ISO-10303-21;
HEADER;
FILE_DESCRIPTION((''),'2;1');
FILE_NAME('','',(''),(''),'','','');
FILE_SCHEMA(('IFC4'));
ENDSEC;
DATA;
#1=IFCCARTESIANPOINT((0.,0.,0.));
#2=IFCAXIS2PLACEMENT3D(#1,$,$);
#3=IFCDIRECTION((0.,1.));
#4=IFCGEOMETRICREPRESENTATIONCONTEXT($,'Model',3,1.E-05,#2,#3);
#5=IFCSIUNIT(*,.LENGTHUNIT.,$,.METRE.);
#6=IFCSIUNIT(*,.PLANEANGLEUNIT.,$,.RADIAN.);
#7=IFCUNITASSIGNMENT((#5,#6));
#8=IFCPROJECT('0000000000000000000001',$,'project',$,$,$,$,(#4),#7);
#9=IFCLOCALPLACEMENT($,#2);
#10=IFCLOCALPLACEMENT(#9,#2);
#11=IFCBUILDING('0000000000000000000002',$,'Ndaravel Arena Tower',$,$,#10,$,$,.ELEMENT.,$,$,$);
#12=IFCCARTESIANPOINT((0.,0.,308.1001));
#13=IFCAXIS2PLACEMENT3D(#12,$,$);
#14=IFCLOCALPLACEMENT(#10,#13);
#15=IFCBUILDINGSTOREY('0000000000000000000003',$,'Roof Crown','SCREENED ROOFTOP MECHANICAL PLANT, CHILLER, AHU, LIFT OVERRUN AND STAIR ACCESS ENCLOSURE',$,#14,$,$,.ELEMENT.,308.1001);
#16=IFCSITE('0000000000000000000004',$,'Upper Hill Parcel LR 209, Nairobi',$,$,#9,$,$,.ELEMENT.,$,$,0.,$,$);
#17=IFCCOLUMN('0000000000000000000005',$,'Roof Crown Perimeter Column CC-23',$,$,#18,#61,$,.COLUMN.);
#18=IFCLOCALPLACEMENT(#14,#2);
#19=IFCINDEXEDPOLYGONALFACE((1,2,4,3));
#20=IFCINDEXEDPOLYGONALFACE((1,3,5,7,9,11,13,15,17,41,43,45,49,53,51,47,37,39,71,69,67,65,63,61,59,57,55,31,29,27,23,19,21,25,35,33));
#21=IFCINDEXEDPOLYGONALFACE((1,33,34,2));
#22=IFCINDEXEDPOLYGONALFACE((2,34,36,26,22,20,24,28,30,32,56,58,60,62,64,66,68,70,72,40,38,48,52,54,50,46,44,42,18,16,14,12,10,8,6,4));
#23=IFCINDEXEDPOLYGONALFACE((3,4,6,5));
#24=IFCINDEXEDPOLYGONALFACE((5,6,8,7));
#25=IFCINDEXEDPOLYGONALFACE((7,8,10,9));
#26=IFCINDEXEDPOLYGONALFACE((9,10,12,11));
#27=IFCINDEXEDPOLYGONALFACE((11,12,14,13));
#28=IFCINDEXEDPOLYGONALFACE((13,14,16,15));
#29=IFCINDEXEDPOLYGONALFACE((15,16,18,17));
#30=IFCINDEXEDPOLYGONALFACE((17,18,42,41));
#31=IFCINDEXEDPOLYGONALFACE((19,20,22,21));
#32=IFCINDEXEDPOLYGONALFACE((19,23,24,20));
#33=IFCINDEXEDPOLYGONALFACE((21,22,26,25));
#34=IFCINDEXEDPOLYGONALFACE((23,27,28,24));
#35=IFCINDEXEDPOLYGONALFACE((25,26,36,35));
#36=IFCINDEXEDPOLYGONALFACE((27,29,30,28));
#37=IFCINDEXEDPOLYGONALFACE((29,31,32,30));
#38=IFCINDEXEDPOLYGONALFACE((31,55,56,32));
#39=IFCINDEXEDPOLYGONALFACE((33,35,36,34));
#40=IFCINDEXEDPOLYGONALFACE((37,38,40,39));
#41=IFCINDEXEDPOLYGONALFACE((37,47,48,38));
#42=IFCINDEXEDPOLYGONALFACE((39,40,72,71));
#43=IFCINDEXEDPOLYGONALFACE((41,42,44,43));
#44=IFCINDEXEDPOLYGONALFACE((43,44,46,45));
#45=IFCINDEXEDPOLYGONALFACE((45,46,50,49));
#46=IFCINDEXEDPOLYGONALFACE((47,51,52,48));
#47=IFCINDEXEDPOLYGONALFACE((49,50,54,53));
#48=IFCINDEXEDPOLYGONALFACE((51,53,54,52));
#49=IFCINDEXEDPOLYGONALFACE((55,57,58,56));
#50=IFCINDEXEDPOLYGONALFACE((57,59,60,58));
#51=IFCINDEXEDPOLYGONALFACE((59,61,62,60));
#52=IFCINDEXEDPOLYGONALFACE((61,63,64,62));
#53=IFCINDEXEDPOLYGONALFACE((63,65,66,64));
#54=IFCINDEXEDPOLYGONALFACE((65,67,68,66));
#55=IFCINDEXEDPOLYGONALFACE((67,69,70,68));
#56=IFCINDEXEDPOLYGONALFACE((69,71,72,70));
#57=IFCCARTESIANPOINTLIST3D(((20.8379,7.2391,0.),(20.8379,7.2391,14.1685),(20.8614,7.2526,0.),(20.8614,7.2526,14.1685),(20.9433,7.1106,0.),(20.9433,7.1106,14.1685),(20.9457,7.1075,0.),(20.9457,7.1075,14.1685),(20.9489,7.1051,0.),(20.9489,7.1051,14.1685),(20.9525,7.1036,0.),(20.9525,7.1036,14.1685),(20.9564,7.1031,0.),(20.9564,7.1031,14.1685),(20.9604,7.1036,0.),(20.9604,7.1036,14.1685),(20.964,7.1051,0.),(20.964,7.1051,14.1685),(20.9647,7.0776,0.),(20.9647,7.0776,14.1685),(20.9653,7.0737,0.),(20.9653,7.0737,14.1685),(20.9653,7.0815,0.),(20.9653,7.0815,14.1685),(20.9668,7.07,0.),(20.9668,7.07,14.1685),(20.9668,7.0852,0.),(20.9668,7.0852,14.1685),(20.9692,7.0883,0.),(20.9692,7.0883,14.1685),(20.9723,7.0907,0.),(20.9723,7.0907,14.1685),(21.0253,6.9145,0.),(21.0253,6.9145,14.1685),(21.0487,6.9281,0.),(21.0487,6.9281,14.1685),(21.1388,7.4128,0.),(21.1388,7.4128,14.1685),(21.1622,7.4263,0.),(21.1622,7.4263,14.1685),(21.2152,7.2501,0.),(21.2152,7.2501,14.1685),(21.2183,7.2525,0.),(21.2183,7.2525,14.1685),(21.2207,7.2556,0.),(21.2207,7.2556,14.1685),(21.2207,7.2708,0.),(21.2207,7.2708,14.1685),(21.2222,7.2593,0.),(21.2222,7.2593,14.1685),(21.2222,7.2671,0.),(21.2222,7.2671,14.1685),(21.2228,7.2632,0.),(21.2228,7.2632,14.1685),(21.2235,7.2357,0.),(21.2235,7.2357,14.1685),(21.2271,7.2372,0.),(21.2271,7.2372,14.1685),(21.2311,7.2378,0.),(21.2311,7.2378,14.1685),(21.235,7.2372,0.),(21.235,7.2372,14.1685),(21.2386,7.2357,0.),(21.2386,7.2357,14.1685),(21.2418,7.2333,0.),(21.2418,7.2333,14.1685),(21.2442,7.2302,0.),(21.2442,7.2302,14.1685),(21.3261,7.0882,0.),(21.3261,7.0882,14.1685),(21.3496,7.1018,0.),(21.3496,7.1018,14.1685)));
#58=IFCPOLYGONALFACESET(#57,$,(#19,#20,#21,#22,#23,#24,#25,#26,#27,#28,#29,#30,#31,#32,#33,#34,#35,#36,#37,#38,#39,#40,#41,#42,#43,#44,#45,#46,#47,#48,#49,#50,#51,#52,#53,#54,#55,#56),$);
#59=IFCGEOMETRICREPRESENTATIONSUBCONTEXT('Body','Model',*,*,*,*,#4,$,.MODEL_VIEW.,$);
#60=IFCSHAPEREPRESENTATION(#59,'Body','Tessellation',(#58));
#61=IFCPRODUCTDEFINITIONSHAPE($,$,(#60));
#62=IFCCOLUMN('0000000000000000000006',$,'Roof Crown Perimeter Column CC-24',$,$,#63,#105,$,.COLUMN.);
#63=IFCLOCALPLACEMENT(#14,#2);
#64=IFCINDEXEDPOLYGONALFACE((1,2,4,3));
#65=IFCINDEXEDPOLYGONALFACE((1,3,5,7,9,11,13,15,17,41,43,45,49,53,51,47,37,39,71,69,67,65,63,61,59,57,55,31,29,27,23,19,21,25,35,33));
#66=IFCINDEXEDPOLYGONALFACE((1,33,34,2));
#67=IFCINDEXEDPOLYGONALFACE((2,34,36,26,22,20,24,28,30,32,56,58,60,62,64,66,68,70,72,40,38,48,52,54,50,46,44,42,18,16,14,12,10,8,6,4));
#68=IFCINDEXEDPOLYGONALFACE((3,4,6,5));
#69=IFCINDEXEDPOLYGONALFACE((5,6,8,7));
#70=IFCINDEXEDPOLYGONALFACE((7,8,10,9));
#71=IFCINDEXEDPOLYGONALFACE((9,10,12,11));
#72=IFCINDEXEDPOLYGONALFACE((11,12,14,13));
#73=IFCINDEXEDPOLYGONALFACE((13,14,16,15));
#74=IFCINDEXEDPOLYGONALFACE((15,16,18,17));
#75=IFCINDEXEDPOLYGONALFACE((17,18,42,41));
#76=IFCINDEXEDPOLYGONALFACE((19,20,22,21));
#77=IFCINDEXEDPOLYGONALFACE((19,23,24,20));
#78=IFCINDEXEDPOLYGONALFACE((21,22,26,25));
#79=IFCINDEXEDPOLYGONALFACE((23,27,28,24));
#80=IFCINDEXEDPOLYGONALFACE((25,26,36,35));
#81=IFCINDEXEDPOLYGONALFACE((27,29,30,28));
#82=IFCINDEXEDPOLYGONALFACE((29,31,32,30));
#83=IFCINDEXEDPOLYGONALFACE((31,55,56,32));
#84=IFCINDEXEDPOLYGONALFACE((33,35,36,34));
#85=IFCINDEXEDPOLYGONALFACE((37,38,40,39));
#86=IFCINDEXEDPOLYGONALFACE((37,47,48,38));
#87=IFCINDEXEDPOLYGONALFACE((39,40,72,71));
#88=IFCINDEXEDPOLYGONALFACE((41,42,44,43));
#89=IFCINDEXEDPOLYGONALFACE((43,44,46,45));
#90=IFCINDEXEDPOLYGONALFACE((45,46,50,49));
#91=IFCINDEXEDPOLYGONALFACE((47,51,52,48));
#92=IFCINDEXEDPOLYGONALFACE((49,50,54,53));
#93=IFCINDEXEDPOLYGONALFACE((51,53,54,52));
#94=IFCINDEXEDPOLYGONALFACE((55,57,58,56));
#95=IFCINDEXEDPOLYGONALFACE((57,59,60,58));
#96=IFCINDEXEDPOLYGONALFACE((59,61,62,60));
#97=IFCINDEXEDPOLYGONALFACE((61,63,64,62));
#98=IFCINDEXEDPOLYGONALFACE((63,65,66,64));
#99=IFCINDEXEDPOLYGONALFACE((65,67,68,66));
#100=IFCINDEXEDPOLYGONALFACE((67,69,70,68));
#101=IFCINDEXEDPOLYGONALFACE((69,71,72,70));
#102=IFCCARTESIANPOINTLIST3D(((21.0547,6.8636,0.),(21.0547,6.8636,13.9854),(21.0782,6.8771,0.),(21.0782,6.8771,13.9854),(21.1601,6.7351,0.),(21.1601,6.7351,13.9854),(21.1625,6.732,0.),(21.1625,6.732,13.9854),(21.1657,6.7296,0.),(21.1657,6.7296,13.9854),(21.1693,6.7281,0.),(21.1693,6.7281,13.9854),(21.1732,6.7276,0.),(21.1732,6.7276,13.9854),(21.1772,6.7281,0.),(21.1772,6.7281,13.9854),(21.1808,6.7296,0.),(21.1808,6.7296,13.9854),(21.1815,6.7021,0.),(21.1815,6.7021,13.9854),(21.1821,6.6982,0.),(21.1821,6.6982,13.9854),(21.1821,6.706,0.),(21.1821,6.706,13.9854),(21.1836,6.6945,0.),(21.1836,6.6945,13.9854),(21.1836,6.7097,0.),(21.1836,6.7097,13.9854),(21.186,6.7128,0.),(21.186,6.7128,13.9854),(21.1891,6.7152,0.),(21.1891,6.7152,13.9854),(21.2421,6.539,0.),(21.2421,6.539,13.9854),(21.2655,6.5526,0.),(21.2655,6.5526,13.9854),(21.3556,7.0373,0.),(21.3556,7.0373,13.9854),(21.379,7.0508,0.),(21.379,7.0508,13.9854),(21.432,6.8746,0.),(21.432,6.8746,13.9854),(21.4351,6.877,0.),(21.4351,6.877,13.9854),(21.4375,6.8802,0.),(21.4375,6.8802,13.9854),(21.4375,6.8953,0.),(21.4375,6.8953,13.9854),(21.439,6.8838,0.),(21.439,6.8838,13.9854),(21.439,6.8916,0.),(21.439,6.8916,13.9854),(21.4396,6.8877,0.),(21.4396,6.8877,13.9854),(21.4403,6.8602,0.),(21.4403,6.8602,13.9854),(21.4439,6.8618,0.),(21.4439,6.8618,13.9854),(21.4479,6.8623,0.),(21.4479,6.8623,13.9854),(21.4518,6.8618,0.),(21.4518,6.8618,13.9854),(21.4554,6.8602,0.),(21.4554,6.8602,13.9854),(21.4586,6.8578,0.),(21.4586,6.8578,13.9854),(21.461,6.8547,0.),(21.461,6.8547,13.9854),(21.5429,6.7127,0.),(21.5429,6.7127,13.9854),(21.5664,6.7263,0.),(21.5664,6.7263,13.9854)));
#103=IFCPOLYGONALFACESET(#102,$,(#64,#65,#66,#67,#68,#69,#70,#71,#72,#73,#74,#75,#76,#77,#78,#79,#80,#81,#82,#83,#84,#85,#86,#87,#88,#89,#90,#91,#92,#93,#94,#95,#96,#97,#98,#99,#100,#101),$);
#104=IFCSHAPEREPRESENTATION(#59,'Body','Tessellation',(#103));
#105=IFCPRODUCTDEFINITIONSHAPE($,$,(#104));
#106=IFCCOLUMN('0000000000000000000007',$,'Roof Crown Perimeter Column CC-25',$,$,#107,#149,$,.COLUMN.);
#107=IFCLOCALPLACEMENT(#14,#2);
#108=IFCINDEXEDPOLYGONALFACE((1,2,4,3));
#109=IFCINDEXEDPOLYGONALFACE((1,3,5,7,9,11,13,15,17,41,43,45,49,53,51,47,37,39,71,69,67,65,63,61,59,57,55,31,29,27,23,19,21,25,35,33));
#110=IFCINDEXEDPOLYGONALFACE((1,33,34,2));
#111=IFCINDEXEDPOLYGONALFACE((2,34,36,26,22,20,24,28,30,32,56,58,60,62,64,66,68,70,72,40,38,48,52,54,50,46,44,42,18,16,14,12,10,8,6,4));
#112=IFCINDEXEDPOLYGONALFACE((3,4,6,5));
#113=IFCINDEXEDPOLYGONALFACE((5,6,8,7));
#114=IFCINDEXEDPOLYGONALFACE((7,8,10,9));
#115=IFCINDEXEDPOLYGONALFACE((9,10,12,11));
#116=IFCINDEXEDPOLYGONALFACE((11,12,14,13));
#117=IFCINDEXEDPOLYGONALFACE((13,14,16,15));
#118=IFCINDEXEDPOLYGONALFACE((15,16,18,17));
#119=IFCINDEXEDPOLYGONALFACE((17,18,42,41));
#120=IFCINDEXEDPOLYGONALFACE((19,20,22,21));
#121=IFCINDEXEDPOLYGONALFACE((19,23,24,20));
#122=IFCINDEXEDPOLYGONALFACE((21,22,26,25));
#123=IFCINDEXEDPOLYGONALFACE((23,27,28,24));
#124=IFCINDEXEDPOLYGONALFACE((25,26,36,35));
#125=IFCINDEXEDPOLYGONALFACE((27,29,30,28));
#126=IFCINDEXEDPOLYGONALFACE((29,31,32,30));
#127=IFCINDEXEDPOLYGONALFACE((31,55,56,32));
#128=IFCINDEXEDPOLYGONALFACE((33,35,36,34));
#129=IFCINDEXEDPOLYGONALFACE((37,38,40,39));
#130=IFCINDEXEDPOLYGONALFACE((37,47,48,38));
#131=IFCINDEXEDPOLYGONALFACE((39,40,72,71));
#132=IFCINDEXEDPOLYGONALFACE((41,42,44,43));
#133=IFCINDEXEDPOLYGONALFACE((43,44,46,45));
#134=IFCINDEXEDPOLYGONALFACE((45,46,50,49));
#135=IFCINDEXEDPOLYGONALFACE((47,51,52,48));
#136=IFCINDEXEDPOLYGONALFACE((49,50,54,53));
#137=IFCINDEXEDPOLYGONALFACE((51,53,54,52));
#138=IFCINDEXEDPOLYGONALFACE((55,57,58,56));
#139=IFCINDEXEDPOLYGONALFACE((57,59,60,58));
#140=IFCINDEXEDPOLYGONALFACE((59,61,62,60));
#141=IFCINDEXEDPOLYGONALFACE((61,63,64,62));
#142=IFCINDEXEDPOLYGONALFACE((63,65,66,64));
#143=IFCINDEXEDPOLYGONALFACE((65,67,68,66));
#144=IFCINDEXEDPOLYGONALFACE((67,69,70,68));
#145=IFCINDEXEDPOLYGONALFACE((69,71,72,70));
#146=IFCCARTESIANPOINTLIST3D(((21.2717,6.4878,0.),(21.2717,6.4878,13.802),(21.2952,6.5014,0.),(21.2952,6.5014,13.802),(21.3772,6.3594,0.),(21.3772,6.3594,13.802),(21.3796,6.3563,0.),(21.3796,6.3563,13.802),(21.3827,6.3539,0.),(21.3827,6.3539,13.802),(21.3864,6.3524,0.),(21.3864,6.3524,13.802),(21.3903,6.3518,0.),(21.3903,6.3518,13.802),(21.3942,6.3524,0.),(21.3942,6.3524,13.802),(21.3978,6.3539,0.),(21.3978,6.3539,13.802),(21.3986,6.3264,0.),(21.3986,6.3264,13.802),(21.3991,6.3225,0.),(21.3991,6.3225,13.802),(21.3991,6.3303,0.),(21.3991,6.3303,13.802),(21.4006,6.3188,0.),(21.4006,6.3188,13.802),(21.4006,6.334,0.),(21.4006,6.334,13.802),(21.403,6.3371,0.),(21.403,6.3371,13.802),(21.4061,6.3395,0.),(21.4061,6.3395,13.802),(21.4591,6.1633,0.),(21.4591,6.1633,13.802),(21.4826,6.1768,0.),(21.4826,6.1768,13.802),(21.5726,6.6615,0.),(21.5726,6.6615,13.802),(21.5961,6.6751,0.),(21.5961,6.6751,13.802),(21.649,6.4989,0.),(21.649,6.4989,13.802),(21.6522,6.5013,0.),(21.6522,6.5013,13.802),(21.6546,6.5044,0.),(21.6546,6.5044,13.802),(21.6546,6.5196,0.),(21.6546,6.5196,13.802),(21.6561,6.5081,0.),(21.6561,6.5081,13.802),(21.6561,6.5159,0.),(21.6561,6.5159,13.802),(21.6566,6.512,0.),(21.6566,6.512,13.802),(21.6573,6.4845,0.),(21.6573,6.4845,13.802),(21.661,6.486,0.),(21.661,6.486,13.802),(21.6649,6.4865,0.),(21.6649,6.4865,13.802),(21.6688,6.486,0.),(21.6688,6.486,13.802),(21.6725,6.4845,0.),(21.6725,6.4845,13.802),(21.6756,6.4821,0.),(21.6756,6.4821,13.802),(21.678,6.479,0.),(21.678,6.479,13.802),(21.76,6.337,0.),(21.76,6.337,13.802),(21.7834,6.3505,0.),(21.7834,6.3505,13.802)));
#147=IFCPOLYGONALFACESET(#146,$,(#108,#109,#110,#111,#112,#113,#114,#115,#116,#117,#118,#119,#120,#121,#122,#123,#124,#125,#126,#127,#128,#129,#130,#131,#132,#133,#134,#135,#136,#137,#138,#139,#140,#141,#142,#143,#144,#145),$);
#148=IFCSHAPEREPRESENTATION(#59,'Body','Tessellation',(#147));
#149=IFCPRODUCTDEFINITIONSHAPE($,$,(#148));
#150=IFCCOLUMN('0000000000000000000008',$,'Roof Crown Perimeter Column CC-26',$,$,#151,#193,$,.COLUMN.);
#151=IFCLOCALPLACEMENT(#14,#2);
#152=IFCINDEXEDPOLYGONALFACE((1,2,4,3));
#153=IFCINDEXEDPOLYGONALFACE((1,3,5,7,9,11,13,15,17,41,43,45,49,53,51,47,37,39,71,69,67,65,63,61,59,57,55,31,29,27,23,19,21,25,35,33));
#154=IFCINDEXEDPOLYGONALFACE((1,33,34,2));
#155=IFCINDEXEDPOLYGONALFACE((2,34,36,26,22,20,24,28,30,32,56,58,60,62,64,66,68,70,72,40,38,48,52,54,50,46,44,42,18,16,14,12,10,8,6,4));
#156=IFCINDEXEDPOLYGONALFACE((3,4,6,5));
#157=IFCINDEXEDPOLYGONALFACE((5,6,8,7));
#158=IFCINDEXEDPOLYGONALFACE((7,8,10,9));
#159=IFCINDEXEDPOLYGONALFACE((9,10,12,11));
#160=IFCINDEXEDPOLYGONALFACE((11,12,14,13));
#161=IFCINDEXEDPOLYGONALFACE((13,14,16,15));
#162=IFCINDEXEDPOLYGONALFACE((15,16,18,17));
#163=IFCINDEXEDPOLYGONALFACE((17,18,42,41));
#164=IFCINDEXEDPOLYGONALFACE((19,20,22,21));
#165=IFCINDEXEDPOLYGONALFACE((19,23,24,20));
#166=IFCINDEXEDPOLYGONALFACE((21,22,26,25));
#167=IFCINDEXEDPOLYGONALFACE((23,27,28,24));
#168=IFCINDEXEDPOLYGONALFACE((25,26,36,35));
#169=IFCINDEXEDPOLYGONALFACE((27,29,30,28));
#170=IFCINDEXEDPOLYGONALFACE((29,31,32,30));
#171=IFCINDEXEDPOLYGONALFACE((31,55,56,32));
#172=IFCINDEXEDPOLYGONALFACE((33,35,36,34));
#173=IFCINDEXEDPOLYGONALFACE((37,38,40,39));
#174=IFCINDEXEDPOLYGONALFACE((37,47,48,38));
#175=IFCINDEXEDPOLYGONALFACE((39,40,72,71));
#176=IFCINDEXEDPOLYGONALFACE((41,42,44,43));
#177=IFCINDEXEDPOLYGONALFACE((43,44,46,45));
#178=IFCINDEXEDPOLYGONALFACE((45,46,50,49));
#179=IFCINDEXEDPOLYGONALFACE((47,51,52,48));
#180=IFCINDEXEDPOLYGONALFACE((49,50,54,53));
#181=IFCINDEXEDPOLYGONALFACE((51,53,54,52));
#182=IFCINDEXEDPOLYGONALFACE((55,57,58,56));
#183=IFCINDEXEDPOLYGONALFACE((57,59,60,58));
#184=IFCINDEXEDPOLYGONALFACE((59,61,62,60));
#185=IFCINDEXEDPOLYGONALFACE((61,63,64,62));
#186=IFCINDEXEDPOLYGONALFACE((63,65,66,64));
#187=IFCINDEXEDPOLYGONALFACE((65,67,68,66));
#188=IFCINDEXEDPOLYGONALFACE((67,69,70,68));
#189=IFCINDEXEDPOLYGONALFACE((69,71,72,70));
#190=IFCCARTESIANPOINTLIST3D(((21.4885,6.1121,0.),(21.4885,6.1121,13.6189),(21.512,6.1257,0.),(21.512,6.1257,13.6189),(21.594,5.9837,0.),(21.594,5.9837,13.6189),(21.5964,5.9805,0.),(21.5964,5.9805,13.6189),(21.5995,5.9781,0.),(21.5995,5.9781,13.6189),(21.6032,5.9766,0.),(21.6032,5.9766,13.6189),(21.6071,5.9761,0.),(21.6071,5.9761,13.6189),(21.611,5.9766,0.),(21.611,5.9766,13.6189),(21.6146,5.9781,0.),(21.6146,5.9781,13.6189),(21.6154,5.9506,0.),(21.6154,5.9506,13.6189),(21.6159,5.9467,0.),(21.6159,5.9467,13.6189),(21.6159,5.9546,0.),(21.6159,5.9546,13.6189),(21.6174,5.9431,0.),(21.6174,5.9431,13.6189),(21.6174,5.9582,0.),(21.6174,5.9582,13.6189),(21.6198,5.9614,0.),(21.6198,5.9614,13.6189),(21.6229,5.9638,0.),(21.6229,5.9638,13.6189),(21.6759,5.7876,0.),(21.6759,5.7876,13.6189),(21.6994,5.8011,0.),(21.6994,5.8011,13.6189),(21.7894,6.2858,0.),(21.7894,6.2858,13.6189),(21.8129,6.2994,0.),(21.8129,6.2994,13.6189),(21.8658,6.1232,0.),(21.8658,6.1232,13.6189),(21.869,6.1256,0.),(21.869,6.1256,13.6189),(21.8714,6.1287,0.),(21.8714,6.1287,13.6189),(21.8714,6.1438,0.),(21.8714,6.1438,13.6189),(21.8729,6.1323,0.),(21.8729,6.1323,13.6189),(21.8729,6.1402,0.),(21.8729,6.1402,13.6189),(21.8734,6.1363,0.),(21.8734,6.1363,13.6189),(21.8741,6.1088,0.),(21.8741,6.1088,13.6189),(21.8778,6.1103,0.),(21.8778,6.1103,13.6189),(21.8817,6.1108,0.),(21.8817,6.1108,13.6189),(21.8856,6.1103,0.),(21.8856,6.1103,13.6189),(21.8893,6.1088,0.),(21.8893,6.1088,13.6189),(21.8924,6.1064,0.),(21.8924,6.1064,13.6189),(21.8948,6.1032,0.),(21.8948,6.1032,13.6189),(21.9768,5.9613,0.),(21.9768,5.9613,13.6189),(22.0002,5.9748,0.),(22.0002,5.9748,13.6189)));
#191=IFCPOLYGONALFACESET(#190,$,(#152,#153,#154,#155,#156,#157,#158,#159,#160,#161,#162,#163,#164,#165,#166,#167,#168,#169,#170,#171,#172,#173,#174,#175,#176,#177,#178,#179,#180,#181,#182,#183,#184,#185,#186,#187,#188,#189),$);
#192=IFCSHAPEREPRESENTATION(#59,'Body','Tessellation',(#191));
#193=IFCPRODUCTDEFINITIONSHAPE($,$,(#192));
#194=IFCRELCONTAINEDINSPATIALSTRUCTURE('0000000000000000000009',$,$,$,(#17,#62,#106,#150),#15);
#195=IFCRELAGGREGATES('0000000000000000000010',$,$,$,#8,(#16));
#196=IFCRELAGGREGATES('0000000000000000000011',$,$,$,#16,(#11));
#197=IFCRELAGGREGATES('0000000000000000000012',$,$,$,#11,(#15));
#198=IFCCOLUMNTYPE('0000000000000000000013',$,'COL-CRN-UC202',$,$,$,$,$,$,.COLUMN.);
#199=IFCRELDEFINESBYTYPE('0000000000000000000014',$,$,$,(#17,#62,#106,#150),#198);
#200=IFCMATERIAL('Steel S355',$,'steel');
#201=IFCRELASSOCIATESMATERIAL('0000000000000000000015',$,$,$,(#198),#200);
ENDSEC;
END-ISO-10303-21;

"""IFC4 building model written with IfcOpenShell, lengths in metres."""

from ifc_helpers import new_model, si_unit, direction, frame, origin, origin_2d, place, context, subcontext, project, spatial, i_section, extrude, material, material_profile, profile_set, type_object, element, save


model = new_model("IFC4")

# Units and contexts
model_context = context("Model", 3, precision=1e-05, world=origin(), true_north=direction((0.0, 1.0)))
body_context = subcontext(model_context, "Body", "Model", "MODEL_VIEW")
ifc_project = project(units=[si_unit("LENGTHUNIT", "METRE"), si_unit("PLANEANGLEUNIT", "RADIAN")], contexts=[model_context])

# Site, building, storey
site_placement = place(None, origin())
site = spatial("IfcSite", under=ifc_project, at=site_placement, Name="Upper Hill Parcel LR 209, Nairobi", CompositionType="ELEMENT", RefElevation=0.0)
building_placement = place(site_placement, origin())
building = spatial("IfcBuilding", under=site, at=building_placement, Name="Ndaravel Arena Tower", CompositionType="ELEMENT")
storey_placement = place(building_placement, frame((0.0, 0.0, 308.1001)))
storey = spatial("IfcBuildingStorey", under=building, at=storey_placement, Name="Roof Crown", Description="SCREENED ROOFTOP MECHANICAL PLANT, CHILLER, AHU, LIFT OVERRUN AND STAIR ACCESS ENCLOSURE", CompositionType="ELEMENT", Elevation=308.1001)

# Columns
ifc_material_1 = material(Name="Steel S355", Category="steel")
ifc_material_profile_1 = material_profile(ifc_material_1, i_section(OverallWidth=0.3748, OverallDepth=0.3745, WebThickness=0.0166, FlangeThickness=0.0271, FilletRadius=0.0151, at=origin_2d()), Name="UC 356x368x202")
ifc_profile_set_1 = profile_set([ifc_material_profile_1], Name="Steel S355")
column_type = type_object("IfcColumnType", Name="COL-CRN-UC202", PredefinedType="COLUMN", material=ifc_profile_set_1)
column_1_placement = place(storey_placement, frame((21.0938, 7.1704, 0.0), z_axis=(0.0, 0.0, 1.0), x_axis=(-0.5, 0.866025, 0.0)))
element("IfcColumn", 1, at=column_1_placement, inside=storey, type_object=column_type, Name="Roof Crown Perimeter Column CC-23", PredefinedType="COLUMN", context=body_context, shape_type="SweptSolid", body=[
    extrude(i_section(OverallWidth=0.3748, OverallDepth=0.3745, WebThickness=0.0166, FlangeThickness=0.0271, FilletRadius=0.0151, at=origin_2d()), origin(), (0.0, 0.0, 1.0), 14.1685),
])
column_2_placement = place(storey_placement, frame((21.3105, 6.7949, 0.0), z_axis=(0.0, 0.0, 1.0), x_axis=(-0.5, 0.866025, 0.0)))
element("IfcColumn", 2, at=column_2_placement, inside=storey, type_object=column_type, Name="Roof Crown Perimeter Column CC-24", PredefinedType="COLUMN", context=body_context, shape_type="SweptSolid", body=[
    extrude(i_section(OverallWidth=0.3748, OverallDepth=0.3745, WebThickness=0.0166, FlangeThickness=0.0271, FilletRadius=0.0151, at=origin_2d()), origin(), (0.0, 0.0, 1.0), 13.9854),
])
column_3_placement = place(storey_placement, frame((21.5276, 6.4192, 0.0), z_axis=(0.0, 0.0, 1.0), x_axis=(-0.5, 0.866025, 0.0)))
element("IfcColumn", 3, at=column_3_placement, inside=storey, type_object=column_type, Name="Roof Crown Perimeter Column CC-25", PredefinedType="COLUMN", context=body_context, shape_type="SweptSolid", body=[
    extrude(i_section(OverallWidth=0.3748, OverallDepth=0.3745, WebThickness=0.0166, FlangeThickness=0.0271, FilletRadius=0.0151, at=origin_2d()), origin(), (0.0, 0.0, 1.0), 13.802),
])
column_4_placement = place(storey_placement, frame((21.7444, 6.0435, 0.0), z_axis=(0.0, 0.0, 1.0), x_axis=(-0.5, 0.866025, 0.0)))
element("IfcColumn", 4, at=column_4_placement, inside=storey, type_object=column_type, Name="Roof Crown Perimeter Column CC-26", PredefinedType="COLUMN", context=body_context, shape_type="SweptSolid", body=[
    extrude(i_section(OverallWidth=0.3748, OverallDepth=0.3745, WebThickness=0.0166, FlangeThickness=0.0271, FilletRadius=0.0151, at=origin_2d()), origin(), (0.0, 0.0, 1.0), 13.6189),
])

save(model, "model.ifc")
